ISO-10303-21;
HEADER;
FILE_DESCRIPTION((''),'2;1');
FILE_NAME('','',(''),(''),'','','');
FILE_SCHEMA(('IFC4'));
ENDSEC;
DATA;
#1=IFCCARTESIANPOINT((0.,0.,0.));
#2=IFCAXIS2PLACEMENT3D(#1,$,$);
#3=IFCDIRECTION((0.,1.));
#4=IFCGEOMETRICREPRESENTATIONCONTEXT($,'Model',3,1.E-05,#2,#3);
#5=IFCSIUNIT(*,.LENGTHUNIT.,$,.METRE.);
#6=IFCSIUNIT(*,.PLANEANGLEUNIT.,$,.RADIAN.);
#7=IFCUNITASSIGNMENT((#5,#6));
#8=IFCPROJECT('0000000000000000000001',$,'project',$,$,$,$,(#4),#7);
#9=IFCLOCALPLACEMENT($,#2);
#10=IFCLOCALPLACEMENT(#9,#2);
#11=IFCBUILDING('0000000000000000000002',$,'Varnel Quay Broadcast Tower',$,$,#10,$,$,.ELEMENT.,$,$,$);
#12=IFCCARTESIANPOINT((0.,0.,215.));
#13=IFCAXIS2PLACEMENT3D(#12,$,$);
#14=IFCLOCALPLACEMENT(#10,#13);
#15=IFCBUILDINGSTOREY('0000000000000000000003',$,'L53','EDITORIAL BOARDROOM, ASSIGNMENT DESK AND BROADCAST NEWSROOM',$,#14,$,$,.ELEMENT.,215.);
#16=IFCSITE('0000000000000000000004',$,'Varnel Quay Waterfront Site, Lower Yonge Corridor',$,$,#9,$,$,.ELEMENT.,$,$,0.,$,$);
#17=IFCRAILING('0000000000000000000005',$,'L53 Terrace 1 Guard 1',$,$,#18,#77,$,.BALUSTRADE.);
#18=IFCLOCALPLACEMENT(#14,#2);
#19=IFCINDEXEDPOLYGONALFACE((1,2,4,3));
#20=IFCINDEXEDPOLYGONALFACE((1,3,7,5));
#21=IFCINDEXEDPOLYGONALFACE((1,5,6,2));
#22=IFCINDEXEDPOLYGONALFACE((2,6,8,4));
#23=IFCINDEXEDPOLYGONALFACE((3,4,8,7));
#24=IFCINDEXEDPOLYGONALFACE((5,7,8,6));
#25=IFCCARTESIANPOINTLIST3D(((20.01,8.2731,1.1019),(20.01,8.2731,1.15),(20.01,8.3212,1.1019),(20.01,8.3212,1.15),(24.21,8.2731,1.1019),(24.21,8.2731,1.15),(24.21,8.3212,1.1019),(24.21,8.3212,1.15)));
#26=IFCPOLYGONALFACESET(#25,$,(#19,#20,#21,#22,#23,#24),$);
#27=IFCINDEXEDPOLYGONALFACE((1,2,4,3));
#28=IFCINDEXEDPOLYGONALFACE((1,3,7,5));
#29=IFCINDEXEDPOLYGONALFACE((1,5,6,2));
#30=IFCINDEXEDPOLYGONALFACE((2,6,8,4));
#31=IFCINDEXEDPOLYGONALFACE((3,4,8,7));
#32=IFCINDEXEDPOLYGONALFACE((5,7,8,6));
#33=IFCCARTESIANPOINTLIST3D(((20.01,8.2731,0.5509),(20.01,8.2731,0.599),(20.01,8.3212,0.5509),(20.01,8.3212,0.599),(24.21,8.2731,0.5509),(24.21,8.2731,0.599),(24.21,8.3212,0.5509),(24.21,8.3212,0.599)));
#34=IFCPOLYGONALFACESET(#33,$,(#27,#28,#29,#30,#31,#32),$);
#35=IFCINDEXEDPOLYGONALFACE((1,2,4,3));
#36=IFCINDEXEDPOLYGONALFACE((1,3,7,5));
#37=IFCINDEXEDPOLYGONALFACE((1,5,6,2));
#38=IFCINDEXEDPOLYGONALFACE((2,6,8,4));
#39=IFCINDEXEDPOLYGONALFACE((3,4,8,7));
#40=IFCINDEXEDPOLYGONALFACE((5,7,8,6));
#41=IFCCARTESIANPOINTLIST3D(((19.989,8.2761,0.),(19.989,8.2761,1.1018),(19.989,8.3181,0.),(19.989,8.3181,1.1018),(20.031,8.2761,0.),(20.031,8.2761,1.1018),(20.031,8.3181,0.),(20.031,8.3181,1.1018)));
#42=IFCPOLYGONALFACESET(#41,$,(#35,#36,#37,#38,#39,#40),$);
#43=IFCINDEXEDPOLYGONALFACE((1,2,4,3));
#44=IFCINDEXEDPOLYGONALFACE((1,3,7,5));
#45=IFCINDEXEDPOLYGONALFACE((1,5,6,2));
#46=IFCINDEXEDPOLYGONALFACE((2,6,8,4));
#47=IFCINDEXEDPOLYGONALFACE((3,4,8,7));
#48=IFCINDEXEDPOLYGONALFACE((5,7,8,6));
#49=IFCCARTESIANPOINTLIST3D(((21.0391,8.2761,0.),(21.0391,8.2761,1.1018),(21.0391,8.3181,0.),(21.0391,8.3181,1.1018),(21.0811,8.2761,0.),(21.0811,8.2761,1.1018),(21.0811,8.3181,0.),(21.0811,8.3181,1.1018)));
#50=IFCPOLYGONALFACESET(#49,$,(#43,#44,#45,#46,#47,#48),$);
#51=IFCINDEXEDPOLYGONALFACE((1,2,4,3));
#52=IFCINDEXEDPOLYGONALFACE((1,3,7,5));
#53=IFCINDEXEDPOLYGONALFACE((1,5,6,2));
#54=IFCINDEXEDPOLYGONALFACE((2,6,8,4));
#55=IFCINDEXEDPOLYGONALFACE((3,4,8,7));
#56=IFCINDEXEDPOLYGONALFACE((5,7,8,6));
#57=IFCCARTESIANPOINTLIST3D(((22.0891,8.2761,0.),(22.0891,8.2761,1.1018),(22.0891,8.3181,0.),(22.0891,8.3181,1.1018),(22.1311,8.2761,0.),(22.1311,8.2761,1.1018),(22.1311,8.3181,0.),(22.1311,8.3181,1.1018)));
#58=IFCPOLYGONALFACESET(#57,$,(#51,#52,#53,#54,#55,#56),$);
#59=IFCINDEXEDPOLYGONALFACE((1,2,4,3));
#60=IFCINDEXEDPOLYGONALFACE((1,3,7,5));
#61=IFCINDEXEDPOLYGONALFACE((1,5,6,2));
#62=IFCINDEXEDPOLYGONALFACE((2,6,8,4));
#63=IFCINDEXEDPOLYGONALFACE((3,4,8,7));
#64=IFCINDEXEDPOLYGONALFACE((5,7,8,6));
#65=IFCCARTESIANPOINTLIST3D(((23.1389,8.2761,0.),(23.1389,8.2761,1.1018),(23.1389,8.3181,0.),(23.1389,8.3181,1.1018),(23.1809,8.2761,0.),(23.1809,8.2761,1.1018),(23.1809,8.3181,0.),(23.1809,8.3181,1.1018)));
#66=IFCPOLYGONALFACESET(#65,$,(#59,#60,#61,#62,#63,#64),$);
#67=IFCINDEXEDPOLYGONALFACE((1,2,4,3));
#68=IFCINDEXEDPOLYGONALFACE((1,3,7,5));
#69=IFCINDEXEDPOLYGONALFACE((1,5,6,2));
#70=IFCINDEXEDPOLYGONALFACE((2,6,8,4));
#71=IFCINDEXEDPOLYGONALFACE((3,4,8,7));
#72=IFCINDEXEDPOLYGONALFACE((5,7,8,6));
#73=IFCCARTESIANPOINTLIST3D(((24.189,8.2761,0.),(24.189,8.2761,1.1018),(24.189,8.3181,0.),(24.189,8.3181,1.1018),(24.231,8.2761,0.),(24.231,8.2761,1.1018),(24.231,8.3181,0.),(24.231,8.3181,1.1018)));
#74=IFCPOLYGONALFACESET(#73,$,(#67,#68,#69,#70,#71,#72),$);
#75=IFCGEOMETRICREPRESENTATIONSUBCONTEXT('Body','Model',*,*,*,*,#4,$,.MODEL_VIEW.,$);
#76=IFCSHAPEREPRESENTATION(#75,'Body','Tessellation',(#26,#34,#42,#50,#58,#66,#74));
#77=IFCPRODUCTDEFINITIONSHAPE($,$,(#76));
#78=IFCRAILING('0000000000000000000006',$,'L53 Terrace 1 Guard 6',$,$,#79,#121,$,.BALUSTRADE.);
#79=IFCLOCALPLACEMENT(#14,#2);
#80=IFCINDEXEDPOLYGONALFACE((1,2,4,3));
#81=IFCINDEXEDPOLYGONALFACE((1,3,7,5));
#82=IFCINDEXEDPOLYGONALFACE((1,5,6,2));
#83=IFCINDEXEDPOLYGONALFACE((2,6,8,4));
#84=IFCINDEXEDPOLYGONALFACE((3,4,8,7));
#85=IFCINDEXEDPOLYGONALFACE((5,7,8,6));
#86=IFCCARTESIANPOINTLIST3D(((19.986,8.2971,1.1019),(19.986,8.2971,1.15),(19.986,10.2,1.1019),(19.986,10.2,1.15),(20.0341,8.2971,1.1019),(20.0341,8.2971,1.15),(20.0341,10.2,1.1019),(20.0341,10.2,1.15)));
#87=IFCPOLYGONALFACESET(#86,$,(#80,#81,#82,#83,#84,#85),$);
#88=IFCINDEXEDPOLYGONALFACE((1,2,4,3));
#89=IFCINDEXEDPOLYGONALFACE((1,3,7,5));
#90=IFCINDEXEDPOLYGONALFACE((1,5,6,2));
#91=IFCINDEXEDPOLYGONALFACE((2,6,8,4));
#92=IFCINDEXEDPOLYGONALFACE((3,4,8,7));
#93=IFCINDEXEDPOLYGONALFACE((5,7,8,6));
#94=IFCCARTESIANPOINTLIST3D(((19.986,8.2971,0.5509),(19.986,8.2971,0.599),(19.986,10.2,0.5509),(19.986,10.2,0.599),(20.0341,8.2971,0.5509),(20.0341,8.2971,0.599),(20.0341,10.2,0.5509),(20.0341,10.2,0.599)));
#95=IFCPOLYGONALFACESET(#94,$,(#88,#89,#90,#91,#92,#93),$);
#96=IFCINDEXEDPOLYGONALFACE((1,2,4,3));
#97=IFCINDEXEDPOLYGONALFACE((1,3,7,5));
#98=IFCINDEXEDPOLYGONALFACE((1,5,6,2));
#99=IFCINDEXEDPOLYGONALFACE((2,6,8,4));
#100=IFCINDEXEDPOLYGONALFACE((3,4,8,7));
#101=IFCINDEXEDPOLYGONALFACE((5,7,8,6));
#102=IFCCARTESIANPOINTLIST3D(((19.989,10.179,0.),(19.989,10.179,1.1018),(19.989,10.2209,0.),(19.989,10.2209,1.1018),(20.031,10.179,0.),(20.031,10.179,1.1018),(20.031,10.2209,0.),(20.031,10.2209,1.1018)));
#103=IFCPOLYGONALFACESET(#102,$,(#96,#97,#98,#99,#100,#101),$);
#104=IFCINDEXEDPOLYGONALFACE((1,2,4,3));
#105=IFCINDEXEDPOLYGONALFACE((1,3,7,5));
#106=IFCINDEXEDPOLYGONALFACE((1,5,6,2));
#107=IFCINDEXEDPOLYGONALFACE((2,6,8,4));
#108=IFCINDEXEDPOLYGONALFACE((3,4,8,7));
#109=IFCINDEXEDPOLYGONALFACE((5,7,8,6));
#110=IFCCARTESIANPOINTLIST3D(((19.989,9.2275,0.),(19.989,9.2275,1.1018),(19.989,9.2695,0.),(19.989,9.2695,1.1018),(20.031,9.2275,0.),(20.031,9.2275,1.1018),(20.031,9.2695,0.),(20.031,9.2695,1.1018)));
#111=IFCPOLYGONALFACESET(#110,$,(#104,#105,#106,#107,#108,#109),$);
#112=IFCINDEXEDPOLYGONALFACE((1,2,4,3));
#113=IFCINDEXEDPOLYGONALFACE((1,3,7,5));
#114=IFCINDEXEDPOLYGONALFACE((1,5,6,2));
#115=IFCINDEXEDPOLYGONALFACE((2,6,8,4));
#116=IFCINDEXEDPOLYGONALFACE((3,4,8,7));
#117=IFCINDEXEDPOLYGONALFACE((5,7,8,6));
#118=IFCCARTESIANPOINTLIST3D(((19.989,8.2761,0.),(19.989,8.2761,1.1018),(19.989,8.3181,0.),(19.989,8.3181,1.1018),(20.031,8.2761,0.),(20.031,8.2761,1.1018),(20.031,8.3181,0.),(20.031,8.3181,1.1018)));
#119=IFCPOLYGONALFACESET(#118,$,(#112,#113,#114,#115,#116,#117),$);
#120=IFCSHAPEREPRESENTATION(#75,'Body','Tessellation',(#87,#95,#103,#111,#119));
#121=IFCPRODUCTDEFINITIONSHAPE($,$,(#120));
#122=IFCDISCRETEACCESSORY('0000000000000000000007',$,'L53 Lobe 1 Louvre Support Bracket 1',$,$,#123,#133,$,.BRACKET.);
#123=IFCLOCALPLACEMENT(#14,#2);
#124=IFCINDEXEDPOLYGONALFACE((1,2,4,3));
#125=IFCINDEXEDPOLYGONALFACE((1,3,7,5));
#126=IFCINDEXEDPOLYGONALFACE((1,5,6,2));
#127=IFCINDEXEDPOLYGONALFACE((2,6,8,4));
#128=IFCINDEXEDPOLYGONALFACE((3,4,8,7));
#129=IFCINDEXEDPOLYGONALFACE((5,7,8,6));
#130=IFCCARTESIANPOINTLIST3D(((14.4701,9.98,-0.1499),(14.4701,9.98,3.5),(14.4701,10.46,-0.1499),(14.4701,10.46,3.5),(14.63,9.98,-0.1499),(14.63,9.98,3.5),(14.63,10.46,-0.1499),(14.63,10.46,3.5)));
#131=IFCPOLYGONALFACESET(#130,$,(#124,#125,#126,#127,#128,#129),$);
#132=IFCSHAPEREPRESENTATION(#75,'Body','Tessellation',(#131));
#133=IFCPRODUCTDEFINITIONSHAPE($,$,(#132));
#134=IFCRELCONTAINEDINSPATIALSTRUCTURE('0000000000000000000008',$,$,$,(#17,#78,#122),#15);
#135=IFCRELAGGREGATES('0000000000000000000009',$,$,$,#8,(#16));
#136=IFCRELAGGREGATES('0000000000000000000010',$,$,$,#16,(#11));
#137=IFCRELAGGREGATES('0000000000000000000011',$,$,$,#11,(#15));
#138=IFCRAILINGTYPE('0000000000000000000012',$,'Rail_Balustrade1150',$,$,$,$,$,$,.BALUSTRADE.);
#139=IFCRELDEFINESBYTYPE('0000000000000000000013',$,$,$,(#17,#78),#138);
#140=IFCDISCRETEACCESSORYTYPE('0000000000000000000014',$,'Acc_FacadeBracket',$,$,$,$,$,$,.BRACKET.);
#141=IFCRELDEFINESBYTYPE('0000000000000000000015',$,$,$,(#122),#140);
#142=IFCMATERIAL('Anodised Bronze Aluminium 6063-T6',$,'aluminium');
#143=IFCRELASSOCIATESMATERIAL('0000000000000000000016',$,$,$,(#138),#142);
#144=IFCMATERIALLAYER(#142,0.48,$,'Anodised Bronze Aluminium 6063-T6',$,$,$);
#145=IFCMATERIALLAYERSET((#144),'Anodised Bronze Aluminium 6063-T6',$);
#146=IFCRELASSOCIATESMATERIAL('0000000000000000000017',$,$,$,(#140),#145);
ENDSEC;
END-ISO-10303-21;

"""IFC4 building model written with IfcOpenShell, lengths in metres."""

from ifc_helpers import new_model, si_unit, direction, frame, origin, origin_2d, place, context, subcontext, project, spatial, rectangle, extrude, source, transform, mapped, material, layer, layer_set, type_object, type_shapes, element, save


model = new_model("IFC4")

# Units and contexts
model_context = context("Model", 3, precision=1e-05, world=origin(), true_north=direction((0.0, 1.0)))
body_context = subcontext(model_context, "Body", "Model", "MODEL_VIEW")
ifc_project = project(units=[si_unit("LENGTHUNIT", "METRE"), si_unit("PLANEANGLEUNIT", "RADIAN")], contexts=[model_context])

# Site, building, storey
site_placement = place(None, origin())
site = spatial("IfcSite", under=ifc_project, at=site_placement, Name="Varnel Quay Waterfront Site, Lower Yonge Corridor", CompositionType="ELEMENT", RefElevation=0.0)
building_placement = place(site_placement, origin())
building = spatial("IfcBuilding", under=site, at=building_placement, Name="Varnel Quay Broadcast Tower", CompositionType="ELEMENT")
storey_placement = place(building_placement, frame((0.0, 0.0, 215.0)))
storey = spatial("IfcBuildingStorey", under=building, at=storey_placement, Name="L53", Description="EDITORIAL BOARDROOM, ASSIGNMENT DESK AND BROADCAST NEWSROOM", CompositionType="ELEMENT", Elevation=215.0)

# Shared definitions
ifc_material_1 = material(Name="Anodised Bronze Aluminium 6063-T6", Category="aluminium")

# Railings
railing_type = type_object("IfcRailingType", Name="Rail_Balustrade1150", PredefinedType="BALUSTRADE", material=ifc_material_1)
railing_1_placement = place(storey_placement, frame((20.01, 8.2971, 0.0)))
element("IfcRailing", 1, at=railing_1_placement, inside=storey, type_object=railing_type, Name="L53 Terrace 1 Guard 1", PredefinedType="BALUSTRADE", context=body_context, shape_type="SweptSolid", body=[
    extrude(rectangle(XDim=0.0481, YDim=0.0481, at=origin_2d()), frame((0.0, 0.0, 1.126), z_axis=(1.0, 0.0, 0.0), x_axis=(0.0, 1.0, 0.0)), (0.0, 0.0, 1.0), 4.2),
    extrude(rectangle(XDim=0.0481, YDim=0.0481, at=origin_2d()), frame((0.0, 0.0, 0.575), z_axis=(1.0, 0.0, 0.0), x_axis=(0.0, 1.0, 0.0)), (0.0, 0.0, 1.0), 4.2),
    extrude(rectangle(XDim=0.042, YDim=0.042, at=origin_2d()), origin(), (0.0, 0.0, 1.0), 1.1018),
    extrude(rectangle(XDim=0.042, YDim=0.042, at=origin_2d()), frame((1.05, 0.0, 0.0)), (0.0, 0.0, 1.0), 1.1018),
    extrude(rectangle(XDim=0.042, YDim=0.042, at=origin_2d()), frame((2.1001, 0.0, 0.0)), (0.0, 0.0, 1.0), 1.1018),
    extrude(rectangle(XDim=0.042, YDim=0.042, at=origin_2d()), frame((3.1499, 0.0, 0.0)), (0.0, 0.0, 1.0), 1.1018),
    extrude(rectangle(XDim=0.042, YDim=0.042, at=origin_2d()), frame((4.2, 0.0, 0.0)), (0.0, 0.0, 1.0), 1.1018),
])
railing_2_placement = place(storey_placement, frame((20.01, 10.2, 0.0)))
element("IfcRailing", 2, at=railing_2_placement, inside=storey, type_object=railing_type, Name="L53 Terrace 1 Guard 6", PredefinedType="BALUSTRADE", context=body_context, shape_type="SweptSolid", body=[
    extrude(rectangle(XDim=0.0481, YDim=0.0481, at=origin_2d()), frame((0.0, 0.0, 1.126), z_axis=(0.0, -1.0, 0.0), x_axis=(1.0, 0.0, 0.0)), (0.0, 0.0, 1.0), 1.9028),
    extrude(rectangle(XDim=0.0481, YDim=0.0481, at=origin_2d()), frame((0.0, 0.0, 0.575), z_axis=(0.0, -1.0, 0.0), x_axis=(1.0, 0.0, 0.0)), (0.0, 0.0, 1.0), 1.9028),
    extrude(rectangle(XDim=0.042, YDim=0.042, at=origin_2d()), origin(), (0.0, 0.0, 1.0), 1.1018),
    extrude(rectangle(XDim=0.042, YDim=0.042, at=origin_2d()), frame((0.0, -0.9514, 0.0)), (0.0, 0.0, 1.0), 1.1018),
    extrude(rectangle(XDim=0.042, YDim=0.042, at=origin_2d()), frame((0.0, -1.9028, 0.0)), (0.0, 0.0, 1.0), 1.1018),
])

# Discrete accessory
ifc_layer_1 = layer(ifc_material_1, 0.48, Name="Anodised Bronze Aluminium 6063-T6")
ifc_layer_set_1 = layer_set([ifc_layer_1], Name="Anodised Bronze Aluminium 6063-T6")
discrete_accessory_type = type_object("IfcDiscreteAccessoryType", Name="Acc_FacadeBracket", PredefinedType="BRACKET", material=ifc_layer_set_1)
shared_shape_1 = source(origin(), body_context, "Body", "SweptSolid", [
    extrude(rectangle(XDim=0.1599, YDim=0.48, at=origin_2d()), origin(), (0.0, 0.0, 1.0), 3.6499),
])
type_shapes(discrete_accessory_type, [shared_shape_1])
discrete_accessory_placement = place(storey_placement, frame((14.55, 10.22, -0.1499), z_axis=(0.0, 0.0, 1.0), x_axis=(1.0, 0.0, 0.0)))
element("IfcDiscreteAccessory", 3, at=discrete_accessory_placement, inside=storey, type_object=discrete_accessory_type, Name="L53 Lobe 1 Louvre Support Bracket 1", PredefinedType="BRACKET", context=body_context, shape_type="MappedRepresentation", body=[
    mapped(shared_shape_1, transform((0.0, 0.0, 0.0), x_axis=(1.0, 0.0, 0.0), y_axis=(0.0, 1.0, 0.0), z_axis=(0.0, 0.0, 1.0), scale=1.0)),
])

save(model, "model.ifc")
